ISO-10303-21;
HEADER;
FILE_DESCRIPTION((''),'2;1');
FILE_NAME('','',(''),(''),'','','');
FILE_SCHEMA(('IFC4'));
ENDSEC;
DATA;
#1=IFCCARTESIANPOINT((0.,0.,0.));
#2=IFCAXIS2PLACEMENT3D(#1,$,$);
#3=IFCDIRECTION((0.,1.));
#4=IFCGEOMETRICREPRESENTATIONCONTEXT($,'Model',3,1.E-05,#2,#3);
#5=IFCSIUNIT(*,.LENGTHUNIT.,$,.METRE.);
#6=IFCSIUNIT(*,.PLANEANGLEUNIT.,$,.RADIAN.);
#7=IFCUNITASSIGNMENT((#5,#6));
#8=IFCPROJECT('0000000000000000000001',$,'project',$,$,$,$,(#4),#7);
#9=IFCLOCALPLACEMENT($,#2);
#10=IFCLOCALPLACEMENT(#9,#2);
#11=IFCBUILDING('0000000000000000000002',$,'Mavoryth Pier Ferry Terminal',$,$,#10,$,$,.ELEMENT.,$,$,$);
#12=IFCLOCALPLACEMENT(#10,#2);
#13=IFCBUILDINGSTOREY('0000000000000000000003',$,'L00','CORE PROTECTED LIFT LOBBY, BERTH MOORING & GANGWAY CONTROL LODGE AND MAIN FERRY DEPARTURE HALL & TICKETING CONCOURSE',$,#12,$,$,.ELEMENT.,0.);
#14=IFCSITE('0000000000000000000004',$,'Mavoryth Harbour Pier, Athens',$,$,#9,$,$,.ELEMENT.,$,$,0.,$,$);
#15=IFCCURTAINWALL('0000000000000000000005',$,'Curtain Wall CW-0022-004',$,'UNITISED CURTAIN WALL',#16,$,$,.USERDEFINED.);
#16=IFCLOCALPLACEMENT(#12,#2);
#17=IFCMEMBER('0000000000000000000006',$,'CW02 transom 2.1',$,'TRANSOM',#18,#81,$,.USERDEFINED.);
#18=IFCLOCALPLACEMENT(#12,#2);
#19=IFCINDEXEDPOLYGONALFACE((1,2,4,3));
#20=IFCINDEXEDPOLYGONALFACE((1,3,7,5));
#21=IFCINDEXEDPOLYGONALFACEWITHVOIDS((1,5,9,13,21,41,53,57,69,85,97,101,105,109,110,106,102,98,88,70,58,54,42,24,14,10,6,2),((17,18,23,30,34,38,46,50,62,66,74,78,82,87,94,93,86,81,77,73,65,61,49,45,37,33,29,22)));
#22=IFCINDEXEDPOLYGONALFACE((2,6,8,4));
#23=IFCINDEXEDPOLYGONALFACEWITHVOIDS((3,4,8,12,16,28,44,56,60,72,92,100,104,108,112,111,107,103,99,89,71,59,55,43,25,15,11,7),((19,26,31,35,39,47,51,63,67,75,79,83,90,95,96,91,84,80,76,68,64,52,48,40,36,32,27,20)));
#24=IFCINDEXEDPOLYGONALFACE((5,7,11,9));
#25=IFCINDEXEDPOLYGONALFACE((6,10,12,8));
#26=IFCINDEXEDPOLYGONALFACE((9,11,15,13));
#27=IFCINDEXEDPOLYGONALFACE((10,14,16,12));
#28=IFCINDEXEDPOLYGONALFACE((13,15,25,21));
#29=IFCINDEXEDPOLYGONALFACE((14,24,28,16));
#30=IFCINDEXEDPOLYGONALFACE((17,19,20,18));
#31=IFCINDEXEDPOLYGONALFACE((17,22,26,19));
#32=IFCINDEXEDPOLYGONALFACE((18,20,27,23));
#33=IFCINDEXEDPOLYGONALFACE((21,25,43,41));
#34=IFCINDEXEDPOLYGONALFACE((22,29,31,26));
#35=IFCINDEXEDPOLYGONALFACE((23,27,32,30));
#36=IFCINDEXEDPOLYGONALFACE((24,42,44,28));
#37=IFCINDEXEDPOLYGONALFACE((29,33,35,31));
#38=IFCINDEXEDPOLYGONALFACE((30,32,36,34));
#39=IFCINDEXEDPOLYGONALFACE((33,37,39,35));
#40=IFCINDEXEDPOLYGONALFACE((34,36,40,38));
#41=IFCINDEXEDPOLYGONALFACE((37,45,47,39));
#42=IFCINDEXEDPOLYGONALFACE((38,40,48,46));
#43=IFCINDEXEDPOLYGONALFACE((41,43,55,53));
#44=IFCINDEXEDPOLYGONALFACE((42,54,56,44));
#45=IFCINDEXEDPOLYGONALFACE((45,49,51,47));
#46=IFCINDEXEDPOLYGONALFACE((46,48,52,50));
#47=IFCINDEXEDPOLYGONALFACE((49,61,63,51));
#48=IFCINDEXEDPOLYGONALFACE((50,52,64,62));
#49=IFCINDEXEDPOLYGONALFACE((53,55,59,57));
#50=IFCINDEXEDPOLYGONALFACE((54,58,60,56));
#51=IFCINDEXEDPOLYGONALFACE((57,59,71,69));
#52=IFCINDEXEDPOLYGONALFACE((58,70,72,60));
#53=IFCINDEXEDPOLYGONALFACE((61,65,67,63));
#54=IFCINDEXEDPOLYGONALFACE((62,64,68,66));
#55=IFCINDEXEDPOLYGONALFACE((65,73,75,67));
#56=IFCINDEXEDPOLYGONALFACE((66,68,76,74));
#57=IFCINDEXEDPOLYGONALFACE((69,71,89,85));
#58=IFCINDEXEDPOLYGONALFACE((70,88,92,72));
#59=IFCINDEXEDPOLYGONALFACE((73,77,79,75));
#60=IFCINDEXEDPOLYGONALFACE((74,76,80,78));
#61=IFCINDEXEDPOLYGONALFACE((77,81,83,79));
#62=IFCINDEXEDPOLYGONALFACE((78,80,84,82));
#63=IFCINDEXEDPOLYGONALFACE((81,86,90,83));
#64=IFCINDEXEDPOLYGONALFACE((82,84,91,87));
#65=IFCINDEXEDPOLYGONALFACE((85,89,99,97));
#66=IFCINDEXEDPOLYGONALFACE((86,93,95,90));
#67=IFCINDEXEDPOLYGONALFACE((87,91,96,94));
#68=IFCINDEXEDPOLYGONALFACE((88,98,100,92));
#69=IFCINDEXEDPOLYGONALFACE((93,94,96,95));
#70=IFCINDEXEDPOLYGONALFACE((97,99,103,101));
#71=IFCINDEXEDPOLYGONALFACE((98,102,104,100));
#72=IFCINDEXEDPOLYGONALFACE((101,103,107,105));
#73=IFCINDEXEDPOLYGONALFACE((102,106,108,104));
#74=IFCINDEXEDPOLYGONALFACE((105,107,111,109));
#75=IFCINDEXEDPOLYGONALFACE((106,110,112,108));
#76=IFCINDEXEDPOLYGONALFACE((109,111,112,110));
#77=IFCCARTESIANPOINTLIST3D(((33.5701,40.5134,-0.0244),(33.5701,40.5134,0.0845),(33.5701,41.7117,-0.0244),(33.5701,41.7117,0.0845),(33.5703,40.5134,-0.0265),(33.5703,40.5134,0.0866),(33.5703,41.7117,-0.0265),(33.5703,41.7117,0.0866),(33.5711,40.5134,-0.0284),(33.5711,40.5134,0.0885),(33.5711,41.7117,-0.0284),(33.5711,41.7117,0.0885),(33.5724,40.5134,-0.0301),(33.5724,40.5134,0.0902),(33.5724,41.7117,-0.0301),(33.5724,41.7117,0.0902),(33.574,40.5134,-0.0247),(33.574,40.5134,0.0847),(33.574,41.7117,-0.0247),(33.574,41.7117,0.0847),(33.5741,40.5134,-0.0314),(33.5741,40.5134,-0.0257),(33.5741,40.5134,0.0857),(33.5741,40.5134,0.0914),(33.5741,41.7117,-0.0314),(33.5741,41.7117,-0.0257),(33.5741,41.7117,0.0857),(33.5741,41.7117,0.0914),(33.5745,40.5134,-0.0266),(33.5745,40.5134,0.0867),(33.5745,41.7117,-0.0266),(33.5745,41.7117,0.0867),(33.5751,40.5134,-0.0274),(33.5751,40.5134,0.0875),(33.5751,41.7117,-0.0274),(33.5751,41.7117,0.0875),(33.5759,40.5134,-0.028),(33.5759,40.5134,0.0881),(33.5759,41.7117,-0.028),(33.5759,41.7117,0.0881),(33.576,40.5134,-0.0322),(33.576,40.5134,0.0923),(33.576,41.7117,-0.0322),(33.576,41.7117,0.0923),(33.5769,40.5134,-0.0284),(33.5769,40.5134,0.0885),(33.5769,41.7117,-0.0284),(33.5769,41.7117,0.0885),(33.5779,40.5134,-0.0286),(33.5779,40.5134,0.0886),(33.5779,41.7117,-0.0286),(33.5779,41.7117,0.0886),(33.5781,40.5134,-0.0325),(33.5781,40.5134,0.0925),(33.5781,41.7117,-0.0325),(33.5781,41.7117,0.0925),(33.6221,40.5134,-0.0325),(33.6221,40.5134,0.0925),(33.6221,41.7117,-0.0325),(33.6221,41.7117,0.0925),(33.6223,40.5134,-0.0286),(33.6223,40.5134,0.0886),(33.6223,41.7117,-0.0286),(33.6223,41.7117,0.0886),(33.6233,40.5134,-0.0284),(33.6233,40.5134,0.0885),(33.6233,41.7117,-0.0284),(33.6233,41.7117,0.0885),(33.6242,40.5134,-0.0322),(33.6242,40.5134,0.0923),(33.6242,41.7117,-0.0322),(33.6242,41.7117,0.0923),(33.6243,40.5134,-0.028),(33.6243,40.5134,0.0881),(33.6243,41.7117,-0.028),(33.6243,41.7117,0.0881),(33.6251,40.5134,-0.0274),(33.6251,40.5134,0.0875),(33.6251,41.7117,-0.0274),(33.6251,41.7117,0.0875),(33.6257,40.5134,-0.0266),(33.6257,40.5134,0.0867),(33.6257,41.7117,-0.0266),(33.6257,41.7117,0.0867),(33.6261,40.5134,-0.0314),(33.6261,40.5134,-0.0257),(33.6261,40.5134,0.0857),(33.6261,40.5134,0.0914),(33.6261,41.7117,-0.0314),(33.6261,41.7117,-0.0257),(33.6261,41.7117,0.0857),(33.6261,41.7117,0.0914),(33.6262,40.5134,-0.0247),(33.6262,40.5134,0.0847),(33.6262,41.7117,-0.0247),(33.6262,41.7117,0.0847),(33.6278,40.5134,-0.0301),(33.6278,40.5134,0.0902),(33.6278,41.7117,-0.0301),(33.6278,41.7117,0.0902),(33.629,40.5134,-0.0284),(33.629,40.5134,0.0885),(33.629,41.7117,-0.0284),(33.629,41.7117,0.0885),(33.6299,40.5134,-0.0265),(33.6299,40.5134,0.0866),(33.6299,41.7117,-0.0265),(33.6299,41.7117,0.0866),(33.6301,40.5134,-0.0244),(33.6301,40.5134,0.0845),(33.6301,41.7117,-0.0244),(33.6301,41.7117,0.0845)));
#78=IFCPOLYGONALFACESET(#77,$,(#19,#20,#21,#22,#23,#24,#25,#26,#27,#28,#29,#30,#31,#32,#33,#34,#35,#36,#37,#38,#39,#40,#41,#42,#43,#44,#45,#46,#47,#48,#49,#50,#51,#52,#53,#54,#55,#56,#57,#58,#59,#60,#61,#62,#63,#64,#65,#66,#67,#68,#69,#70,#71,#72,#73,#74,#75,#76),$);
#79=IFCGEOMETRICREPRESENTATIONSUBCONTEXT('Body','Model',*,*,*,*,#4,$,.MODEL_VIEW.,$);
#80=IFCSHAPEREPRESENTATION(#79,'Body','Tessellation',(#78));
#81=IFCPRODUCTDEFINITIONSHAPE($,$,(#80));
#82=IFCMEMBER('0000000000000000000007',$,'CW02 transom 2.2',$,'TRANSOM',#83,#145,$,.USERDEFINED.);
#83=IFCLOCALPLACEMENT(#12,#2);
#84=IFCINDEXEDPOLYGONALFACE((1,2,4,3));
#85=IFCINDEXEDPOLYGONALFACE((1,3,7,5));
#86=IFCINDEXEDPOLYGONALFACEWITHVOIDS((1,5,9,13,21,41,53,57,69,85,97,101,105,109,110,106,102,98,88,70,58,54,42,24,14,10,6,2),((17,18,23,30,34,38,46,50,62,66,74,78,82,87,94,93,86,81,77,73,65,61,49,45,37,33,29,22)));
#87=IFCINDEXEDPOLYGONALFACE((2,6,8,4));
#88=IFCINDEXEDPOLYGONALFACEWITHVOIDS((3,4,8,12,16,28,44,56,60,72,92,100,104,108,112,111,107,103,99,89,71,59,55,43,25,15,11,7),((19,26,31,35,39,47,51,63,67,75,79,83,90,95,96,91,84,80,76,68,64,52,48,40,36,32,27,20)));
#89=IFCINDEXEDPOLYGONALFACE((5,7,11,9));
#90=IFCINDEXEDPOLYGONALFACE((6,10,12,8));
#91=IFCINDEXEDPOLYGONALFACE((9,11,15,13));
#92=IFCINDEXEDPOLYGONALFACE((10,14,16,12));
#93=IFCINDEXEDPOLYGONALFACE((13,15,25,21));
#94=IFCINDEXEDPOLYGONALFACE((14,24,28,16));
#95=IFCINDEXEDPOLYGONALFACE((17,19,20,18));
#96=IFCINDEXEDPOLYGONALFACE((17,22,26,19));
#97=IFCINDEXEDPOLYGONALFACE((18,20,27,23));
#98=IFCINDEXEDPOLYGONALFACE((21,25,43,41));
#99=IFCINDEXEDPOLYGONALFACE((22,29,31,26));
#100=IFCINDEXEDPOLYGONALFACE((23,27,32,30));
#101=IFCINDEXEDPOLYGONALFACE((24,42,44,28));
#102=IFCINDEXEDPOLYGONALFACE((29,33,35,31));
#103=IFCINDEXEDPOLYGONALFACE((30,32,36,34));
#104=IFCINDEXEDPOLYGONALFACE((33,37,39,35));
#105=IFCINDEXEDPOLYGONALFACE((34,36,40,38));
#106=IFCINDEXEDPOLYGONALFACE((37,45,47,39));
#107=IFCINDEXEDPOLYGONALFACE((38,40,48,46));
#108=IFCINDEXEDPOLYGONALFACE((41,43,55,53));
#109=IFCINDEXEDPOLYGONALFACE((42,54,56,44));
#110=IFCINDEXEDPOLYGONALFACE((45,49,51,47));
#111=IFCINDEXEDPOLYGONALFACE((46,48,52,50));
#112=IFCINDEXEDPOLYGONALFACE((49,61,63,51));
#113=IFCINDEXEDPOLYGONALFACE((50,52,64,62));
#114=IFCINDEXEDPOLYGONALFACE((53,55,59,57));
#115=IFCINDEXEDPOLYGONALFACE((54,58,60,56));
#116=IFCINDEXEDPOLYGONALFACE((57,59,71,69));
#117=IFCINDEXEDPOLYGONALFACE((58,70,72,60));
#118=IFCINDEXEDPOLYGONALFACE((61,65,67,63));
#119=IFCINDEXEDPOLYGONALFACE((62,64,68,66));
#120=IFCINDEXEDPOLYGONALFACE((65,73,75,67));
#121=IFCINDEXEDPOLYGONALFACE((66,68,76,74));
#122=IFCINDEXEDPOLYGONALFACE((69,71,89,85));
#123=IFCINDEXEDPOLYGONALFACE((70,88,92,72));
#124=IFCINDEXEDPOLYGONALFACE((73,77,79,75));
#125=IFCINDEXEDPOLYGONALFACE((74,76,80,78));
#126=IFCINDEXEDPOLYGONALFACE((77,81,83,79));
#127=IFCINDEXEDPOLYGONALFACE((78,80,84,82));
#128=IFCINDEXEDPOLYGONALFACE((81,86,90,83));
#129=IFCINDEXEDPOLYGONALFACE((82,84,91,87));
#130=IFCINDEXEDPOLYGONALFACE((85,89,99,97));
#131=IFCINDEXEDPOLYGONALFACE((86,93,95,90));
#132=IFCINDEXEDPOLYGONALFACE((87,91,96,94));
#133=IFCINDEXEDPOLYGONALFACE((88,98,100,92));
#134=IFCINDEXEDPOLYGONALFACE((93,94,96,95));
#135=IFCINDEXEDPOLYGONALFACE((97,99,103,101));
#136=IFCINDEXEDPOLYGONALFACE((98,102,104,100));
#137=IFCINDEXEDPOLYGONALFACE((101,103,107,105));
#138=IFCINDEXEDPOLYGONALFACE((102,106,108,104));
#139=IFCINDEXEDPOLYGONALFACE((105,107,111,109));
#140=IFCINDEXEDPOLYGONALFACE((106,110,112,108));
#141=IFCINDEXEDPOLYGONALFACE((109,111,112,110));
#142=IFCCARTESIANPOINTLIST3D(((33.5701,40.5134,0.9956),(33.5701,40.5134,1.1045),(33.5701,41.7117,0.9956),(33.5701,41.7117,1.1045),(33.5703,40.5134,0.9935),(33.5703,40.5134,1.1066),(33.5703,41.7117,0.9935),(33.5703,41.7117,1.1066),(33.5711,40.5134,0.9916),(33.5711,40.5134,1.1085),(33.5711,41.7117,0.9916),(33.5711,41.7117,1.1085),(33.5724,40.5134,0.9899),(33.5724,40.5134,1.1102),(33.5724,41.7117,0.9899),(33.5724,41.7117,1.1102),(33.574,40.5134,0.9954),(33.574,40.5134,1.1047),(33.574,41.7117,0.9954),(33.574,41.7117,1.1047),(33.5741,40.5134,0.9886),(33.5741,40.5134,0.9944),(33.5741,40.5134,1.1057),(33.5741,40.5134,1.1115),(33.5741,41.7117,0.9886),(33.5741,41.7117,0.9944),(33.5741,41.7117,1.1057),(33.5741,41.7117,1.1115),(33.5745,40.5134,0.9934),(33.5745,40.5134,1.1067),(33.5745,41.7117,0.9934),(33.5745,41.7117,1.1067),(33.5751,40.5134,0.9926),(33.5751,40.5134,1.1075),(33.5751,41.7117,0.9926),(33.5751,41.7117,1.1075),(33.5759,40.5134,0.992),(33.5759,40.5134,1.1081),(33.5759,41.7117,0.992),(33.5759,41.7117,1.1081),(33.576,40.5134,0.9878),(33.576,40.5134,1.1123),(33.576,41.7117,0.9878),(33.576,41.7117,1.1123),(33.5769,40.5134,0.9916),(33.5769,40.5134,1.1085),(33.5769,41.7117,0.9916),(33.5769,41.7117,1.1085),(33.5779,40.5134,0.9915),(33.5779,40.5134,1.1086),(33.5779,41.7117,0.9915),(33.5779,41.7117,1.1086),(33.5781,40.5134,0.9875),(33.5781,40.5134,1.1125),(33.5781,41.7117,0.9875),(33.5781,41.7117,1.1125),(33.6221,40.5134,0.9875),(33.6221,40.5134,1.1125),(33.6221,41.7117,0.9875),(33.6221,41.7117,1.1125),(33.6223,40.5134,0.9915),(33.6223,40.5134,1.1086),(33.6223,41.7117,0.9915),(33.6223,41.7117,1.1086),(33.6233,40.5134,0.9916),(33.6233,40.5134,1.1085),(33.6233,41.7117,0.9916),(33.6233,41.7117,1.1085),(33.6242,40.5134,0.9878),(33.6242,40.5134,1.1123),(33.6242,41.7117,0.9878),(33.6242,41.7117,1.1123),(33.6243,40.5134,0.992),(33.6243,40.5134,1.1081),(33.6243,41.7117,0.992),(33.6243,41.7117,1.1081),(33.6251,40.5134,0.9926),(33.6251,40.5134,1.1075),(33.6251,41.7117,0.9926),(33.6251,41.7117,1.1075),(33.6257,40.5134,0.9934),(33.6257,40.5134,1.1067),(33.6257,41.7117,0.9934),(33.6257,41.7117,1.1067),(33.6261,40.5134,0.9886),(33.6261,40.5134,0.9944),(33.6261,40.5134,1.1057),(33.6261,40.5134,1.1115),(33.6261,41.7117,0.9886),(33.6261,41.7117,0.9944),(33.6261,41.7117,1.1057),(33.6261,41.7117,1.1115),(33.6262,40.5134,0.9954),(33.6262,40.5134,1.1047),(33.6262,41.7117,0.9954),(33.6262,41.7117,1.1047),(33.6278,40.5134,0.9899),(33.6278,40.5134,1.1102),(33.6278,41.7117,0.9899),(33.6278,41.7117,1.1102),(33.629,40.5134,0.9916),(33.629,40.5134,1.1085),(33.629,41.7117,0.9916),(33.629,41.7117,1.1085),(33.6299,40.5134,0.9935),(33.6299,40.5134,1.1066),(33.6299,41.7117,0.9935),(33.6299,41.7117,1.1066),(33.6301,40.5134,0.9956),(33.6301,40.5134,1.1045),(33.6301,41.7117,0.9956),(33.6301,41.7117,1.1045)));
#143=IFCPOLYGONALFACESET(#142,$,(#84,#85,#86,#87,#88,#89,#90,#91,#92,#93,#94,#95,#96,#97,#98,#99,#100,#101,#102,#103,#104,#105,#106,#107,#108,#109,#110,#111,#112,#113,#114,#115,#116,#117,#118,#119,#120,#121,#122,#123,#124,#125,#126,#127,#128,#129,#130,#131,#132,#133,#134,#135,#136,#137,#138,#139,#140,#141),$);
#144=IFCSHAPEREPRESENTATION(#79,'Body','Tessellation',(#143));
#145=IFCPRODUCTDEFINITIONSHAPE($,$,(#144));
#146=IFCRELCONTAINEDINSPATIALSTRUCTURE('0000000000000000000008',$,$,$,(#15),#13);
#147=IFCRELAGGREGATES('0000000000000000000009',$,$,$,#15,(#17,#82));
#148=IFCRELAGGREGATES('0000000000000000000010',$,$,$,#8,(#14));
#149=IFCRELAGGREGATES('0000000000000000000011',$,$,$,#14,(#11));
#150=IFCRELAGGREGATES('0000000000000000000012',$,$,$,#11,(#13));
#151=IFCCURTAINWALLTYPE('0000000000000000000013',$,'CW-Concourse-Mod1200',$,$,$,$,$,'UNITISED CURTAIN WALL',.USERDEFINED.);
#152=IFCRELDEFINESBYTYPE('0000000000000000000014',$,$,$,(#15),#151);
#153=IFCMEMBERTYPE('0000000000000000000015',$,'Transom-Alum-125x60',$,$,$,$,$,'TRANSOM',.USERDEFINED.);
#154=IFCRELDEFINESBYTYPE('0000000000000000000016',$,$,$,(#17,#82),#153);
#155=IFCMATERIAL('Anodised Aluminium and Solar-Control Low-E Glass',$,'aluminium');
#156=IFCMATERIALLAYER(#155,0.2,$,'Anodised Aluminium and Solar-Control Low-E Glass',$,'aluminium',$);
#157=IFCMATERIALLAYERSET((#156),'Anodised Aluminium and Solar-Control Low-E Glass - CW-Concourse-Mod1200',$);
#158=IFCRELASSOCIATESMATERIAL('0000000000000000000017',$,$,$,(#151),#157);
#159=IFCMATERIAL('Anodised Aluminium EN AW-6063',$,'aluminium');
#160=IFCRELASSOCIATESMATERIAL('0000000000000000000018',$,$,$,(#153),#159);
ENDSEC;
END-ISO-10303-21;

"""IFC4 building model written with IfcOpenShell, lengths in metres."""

from ifc_helpers import new_model, si_unit, direction, frame, origin, origin_2d, place, context, subcontext, project, spatial, hollow_rectangle, extrude, material, layer, layer_set, material_profile, profile_set, type_object, element, aggregate, save


model = new_model("IFC4")

# Units and contexts
model_context = context("Model", 3, precision=1e-05, world=origin(), true_north=direction((0.0, 1.0)))
body_context = subcontext(model_context, "Body", "Model", "MODEL_VIEW")
ifc_project = project(units=[si_unit("LENGTHUNIT", "METRE"), si_unit("PLANEANGLEUNIT", "RADIAN")], contexts=[model_context])

# Site, building, storey
site_placement = place(None, origin())
site = spatial("IfcSite", under=ifc_project, at=site_placement, Name="Mavoryth Harbour Pier, Athens", CompositionType="ELEMENT", RefElevation=0.0)
building_placement = place(site_placement, origin())
building = spatial("IfcBuilding", under=site, at=building_placement, Name="Mavoryth Pier Ferry Terminal", CompositionType="ELEMENT")
storey_placement = place(building_placement, origin())
storey = spatial("IfcBuildingStorey", under=building, at=storey_placement, Name="L00", Description="CORE PROTECTED LIFT LOBBY, BERTH MOORING & GANGWAY CONTROL LODGE AND MAIN FERRY DEPARTURE HALL & TICKETING CONCOURSE", CompositionType="ELEMENT", Elevation=0.0)

# Curtain wall, members
ifc_material_1 = material(Name="Anodised Aluminium and Solar-Control Low-E Glass", Category="aluminium")
ifc_layer_1 = layer(ifc_material_1, 0.2, Name="Anodised Aluminium and Solar-Control Low-E Glass", Category="aluminium")
ifc_layer_set_1 = layer_set([ifc_layer_1], Name="Anodised Aluminium and Solar-Control Low-E Glass - CW-Concourse-Mod1200")
curtain_wall_type = type_object("IfcCurtainWallType", Name="CW-Concourse-Mod1200", ElementType="UNITISED CURTAIN WALL", PredefinedType="USERDEFINED", material=ifc_layer_set_1)
curtain_wall_placement = place(storey_placement, origin())
curtain_wall = element("IfcCurtainWall", 1, at=curtain_wall_placement, inside=storey, type_object=curtain_wall_type, Name="Curtain Wall CW-0022-004", ObjectType="UNITISED CURTAIN WALL", PredefinedType="USERDEFINED")
ifc_material_2 = material(Name="Anodised Aluminium EN AW-6063", Category="aluminium")
ifc_material_profile_1 = material_profile(ifc_material_2, hollow_rectangle(XDim=0.0601, YDim=0.125, WallThickness=0.0039, InnerFilletRadius=0.0039, OuterFilletRadius=0.0081, at=origin_2d()), Name="AL-TRAN 125x60x4", Category="aluminium")
ifc_profile_set_1 = profile_set([ifc_material_profile_1], Name="Anodised Aluminium EN AW-6063 - AL-TRAN 125x60x4")
member_type_1 = type_object("IfcMemberType", Name="Transom-Alum-125x60", ElementType="TRANSOM", PredefinedType="USERDEFINED", material=ifc_profile_set_1)
member_1_placement = place(storey_placement, frame((33.6001, 40.5134, 0.03), z_axis=(0.0, 1.0, 0.0), x_axis=(-1.0, 0.0, 0.0)))
member_1 = element("IfcMember", 2, at=member_1_placement, type_object=member_type_1, Name="CW02 transom 2.1", ObjectType="TRANSOM", PredefinedType="USERDEFINED", context=body_context, shape_type="SweptSolid", body=[
    extrude(hollow_rectangle(XDim=0.0601, YDim=0.125, WallThickness=0.0039, InnerFilletRadius=0.0039, OuterFilletRadius=0.0081, at=origin_2d()), origin(), (0.0, 0.0, 1.0), 1.1982),
])
member_2_placement = place(storey_placement, frame((33.6001, 40.5134, 1.05), z_axis=(0.0, 1.0, 0.0), x_axis=(-1.0, 0.0, 0.0)))
member_2 = element("IfcMember", 3, at=member_2_placement, type_object=member_type_1, Name="CW02 transom 2.2", ObjectType="TRANSOM", PredefinedType="USERDEFINED", context=body_context, shape_type="SweptSolid", body=[
    extrude(hollow_rectangle(XDim=0.0601, YDim=0.125, WallThickness=0.0039, InnerFilletRadius=0.0039, OuterFilletRadius=0.0081, at=origin_2d()), origin(), (0.0, 0.0, 1.0), 1.1982),
])
aggregate(curtain_wall, [member_1, member_2])

save(model, "model.ifc")
